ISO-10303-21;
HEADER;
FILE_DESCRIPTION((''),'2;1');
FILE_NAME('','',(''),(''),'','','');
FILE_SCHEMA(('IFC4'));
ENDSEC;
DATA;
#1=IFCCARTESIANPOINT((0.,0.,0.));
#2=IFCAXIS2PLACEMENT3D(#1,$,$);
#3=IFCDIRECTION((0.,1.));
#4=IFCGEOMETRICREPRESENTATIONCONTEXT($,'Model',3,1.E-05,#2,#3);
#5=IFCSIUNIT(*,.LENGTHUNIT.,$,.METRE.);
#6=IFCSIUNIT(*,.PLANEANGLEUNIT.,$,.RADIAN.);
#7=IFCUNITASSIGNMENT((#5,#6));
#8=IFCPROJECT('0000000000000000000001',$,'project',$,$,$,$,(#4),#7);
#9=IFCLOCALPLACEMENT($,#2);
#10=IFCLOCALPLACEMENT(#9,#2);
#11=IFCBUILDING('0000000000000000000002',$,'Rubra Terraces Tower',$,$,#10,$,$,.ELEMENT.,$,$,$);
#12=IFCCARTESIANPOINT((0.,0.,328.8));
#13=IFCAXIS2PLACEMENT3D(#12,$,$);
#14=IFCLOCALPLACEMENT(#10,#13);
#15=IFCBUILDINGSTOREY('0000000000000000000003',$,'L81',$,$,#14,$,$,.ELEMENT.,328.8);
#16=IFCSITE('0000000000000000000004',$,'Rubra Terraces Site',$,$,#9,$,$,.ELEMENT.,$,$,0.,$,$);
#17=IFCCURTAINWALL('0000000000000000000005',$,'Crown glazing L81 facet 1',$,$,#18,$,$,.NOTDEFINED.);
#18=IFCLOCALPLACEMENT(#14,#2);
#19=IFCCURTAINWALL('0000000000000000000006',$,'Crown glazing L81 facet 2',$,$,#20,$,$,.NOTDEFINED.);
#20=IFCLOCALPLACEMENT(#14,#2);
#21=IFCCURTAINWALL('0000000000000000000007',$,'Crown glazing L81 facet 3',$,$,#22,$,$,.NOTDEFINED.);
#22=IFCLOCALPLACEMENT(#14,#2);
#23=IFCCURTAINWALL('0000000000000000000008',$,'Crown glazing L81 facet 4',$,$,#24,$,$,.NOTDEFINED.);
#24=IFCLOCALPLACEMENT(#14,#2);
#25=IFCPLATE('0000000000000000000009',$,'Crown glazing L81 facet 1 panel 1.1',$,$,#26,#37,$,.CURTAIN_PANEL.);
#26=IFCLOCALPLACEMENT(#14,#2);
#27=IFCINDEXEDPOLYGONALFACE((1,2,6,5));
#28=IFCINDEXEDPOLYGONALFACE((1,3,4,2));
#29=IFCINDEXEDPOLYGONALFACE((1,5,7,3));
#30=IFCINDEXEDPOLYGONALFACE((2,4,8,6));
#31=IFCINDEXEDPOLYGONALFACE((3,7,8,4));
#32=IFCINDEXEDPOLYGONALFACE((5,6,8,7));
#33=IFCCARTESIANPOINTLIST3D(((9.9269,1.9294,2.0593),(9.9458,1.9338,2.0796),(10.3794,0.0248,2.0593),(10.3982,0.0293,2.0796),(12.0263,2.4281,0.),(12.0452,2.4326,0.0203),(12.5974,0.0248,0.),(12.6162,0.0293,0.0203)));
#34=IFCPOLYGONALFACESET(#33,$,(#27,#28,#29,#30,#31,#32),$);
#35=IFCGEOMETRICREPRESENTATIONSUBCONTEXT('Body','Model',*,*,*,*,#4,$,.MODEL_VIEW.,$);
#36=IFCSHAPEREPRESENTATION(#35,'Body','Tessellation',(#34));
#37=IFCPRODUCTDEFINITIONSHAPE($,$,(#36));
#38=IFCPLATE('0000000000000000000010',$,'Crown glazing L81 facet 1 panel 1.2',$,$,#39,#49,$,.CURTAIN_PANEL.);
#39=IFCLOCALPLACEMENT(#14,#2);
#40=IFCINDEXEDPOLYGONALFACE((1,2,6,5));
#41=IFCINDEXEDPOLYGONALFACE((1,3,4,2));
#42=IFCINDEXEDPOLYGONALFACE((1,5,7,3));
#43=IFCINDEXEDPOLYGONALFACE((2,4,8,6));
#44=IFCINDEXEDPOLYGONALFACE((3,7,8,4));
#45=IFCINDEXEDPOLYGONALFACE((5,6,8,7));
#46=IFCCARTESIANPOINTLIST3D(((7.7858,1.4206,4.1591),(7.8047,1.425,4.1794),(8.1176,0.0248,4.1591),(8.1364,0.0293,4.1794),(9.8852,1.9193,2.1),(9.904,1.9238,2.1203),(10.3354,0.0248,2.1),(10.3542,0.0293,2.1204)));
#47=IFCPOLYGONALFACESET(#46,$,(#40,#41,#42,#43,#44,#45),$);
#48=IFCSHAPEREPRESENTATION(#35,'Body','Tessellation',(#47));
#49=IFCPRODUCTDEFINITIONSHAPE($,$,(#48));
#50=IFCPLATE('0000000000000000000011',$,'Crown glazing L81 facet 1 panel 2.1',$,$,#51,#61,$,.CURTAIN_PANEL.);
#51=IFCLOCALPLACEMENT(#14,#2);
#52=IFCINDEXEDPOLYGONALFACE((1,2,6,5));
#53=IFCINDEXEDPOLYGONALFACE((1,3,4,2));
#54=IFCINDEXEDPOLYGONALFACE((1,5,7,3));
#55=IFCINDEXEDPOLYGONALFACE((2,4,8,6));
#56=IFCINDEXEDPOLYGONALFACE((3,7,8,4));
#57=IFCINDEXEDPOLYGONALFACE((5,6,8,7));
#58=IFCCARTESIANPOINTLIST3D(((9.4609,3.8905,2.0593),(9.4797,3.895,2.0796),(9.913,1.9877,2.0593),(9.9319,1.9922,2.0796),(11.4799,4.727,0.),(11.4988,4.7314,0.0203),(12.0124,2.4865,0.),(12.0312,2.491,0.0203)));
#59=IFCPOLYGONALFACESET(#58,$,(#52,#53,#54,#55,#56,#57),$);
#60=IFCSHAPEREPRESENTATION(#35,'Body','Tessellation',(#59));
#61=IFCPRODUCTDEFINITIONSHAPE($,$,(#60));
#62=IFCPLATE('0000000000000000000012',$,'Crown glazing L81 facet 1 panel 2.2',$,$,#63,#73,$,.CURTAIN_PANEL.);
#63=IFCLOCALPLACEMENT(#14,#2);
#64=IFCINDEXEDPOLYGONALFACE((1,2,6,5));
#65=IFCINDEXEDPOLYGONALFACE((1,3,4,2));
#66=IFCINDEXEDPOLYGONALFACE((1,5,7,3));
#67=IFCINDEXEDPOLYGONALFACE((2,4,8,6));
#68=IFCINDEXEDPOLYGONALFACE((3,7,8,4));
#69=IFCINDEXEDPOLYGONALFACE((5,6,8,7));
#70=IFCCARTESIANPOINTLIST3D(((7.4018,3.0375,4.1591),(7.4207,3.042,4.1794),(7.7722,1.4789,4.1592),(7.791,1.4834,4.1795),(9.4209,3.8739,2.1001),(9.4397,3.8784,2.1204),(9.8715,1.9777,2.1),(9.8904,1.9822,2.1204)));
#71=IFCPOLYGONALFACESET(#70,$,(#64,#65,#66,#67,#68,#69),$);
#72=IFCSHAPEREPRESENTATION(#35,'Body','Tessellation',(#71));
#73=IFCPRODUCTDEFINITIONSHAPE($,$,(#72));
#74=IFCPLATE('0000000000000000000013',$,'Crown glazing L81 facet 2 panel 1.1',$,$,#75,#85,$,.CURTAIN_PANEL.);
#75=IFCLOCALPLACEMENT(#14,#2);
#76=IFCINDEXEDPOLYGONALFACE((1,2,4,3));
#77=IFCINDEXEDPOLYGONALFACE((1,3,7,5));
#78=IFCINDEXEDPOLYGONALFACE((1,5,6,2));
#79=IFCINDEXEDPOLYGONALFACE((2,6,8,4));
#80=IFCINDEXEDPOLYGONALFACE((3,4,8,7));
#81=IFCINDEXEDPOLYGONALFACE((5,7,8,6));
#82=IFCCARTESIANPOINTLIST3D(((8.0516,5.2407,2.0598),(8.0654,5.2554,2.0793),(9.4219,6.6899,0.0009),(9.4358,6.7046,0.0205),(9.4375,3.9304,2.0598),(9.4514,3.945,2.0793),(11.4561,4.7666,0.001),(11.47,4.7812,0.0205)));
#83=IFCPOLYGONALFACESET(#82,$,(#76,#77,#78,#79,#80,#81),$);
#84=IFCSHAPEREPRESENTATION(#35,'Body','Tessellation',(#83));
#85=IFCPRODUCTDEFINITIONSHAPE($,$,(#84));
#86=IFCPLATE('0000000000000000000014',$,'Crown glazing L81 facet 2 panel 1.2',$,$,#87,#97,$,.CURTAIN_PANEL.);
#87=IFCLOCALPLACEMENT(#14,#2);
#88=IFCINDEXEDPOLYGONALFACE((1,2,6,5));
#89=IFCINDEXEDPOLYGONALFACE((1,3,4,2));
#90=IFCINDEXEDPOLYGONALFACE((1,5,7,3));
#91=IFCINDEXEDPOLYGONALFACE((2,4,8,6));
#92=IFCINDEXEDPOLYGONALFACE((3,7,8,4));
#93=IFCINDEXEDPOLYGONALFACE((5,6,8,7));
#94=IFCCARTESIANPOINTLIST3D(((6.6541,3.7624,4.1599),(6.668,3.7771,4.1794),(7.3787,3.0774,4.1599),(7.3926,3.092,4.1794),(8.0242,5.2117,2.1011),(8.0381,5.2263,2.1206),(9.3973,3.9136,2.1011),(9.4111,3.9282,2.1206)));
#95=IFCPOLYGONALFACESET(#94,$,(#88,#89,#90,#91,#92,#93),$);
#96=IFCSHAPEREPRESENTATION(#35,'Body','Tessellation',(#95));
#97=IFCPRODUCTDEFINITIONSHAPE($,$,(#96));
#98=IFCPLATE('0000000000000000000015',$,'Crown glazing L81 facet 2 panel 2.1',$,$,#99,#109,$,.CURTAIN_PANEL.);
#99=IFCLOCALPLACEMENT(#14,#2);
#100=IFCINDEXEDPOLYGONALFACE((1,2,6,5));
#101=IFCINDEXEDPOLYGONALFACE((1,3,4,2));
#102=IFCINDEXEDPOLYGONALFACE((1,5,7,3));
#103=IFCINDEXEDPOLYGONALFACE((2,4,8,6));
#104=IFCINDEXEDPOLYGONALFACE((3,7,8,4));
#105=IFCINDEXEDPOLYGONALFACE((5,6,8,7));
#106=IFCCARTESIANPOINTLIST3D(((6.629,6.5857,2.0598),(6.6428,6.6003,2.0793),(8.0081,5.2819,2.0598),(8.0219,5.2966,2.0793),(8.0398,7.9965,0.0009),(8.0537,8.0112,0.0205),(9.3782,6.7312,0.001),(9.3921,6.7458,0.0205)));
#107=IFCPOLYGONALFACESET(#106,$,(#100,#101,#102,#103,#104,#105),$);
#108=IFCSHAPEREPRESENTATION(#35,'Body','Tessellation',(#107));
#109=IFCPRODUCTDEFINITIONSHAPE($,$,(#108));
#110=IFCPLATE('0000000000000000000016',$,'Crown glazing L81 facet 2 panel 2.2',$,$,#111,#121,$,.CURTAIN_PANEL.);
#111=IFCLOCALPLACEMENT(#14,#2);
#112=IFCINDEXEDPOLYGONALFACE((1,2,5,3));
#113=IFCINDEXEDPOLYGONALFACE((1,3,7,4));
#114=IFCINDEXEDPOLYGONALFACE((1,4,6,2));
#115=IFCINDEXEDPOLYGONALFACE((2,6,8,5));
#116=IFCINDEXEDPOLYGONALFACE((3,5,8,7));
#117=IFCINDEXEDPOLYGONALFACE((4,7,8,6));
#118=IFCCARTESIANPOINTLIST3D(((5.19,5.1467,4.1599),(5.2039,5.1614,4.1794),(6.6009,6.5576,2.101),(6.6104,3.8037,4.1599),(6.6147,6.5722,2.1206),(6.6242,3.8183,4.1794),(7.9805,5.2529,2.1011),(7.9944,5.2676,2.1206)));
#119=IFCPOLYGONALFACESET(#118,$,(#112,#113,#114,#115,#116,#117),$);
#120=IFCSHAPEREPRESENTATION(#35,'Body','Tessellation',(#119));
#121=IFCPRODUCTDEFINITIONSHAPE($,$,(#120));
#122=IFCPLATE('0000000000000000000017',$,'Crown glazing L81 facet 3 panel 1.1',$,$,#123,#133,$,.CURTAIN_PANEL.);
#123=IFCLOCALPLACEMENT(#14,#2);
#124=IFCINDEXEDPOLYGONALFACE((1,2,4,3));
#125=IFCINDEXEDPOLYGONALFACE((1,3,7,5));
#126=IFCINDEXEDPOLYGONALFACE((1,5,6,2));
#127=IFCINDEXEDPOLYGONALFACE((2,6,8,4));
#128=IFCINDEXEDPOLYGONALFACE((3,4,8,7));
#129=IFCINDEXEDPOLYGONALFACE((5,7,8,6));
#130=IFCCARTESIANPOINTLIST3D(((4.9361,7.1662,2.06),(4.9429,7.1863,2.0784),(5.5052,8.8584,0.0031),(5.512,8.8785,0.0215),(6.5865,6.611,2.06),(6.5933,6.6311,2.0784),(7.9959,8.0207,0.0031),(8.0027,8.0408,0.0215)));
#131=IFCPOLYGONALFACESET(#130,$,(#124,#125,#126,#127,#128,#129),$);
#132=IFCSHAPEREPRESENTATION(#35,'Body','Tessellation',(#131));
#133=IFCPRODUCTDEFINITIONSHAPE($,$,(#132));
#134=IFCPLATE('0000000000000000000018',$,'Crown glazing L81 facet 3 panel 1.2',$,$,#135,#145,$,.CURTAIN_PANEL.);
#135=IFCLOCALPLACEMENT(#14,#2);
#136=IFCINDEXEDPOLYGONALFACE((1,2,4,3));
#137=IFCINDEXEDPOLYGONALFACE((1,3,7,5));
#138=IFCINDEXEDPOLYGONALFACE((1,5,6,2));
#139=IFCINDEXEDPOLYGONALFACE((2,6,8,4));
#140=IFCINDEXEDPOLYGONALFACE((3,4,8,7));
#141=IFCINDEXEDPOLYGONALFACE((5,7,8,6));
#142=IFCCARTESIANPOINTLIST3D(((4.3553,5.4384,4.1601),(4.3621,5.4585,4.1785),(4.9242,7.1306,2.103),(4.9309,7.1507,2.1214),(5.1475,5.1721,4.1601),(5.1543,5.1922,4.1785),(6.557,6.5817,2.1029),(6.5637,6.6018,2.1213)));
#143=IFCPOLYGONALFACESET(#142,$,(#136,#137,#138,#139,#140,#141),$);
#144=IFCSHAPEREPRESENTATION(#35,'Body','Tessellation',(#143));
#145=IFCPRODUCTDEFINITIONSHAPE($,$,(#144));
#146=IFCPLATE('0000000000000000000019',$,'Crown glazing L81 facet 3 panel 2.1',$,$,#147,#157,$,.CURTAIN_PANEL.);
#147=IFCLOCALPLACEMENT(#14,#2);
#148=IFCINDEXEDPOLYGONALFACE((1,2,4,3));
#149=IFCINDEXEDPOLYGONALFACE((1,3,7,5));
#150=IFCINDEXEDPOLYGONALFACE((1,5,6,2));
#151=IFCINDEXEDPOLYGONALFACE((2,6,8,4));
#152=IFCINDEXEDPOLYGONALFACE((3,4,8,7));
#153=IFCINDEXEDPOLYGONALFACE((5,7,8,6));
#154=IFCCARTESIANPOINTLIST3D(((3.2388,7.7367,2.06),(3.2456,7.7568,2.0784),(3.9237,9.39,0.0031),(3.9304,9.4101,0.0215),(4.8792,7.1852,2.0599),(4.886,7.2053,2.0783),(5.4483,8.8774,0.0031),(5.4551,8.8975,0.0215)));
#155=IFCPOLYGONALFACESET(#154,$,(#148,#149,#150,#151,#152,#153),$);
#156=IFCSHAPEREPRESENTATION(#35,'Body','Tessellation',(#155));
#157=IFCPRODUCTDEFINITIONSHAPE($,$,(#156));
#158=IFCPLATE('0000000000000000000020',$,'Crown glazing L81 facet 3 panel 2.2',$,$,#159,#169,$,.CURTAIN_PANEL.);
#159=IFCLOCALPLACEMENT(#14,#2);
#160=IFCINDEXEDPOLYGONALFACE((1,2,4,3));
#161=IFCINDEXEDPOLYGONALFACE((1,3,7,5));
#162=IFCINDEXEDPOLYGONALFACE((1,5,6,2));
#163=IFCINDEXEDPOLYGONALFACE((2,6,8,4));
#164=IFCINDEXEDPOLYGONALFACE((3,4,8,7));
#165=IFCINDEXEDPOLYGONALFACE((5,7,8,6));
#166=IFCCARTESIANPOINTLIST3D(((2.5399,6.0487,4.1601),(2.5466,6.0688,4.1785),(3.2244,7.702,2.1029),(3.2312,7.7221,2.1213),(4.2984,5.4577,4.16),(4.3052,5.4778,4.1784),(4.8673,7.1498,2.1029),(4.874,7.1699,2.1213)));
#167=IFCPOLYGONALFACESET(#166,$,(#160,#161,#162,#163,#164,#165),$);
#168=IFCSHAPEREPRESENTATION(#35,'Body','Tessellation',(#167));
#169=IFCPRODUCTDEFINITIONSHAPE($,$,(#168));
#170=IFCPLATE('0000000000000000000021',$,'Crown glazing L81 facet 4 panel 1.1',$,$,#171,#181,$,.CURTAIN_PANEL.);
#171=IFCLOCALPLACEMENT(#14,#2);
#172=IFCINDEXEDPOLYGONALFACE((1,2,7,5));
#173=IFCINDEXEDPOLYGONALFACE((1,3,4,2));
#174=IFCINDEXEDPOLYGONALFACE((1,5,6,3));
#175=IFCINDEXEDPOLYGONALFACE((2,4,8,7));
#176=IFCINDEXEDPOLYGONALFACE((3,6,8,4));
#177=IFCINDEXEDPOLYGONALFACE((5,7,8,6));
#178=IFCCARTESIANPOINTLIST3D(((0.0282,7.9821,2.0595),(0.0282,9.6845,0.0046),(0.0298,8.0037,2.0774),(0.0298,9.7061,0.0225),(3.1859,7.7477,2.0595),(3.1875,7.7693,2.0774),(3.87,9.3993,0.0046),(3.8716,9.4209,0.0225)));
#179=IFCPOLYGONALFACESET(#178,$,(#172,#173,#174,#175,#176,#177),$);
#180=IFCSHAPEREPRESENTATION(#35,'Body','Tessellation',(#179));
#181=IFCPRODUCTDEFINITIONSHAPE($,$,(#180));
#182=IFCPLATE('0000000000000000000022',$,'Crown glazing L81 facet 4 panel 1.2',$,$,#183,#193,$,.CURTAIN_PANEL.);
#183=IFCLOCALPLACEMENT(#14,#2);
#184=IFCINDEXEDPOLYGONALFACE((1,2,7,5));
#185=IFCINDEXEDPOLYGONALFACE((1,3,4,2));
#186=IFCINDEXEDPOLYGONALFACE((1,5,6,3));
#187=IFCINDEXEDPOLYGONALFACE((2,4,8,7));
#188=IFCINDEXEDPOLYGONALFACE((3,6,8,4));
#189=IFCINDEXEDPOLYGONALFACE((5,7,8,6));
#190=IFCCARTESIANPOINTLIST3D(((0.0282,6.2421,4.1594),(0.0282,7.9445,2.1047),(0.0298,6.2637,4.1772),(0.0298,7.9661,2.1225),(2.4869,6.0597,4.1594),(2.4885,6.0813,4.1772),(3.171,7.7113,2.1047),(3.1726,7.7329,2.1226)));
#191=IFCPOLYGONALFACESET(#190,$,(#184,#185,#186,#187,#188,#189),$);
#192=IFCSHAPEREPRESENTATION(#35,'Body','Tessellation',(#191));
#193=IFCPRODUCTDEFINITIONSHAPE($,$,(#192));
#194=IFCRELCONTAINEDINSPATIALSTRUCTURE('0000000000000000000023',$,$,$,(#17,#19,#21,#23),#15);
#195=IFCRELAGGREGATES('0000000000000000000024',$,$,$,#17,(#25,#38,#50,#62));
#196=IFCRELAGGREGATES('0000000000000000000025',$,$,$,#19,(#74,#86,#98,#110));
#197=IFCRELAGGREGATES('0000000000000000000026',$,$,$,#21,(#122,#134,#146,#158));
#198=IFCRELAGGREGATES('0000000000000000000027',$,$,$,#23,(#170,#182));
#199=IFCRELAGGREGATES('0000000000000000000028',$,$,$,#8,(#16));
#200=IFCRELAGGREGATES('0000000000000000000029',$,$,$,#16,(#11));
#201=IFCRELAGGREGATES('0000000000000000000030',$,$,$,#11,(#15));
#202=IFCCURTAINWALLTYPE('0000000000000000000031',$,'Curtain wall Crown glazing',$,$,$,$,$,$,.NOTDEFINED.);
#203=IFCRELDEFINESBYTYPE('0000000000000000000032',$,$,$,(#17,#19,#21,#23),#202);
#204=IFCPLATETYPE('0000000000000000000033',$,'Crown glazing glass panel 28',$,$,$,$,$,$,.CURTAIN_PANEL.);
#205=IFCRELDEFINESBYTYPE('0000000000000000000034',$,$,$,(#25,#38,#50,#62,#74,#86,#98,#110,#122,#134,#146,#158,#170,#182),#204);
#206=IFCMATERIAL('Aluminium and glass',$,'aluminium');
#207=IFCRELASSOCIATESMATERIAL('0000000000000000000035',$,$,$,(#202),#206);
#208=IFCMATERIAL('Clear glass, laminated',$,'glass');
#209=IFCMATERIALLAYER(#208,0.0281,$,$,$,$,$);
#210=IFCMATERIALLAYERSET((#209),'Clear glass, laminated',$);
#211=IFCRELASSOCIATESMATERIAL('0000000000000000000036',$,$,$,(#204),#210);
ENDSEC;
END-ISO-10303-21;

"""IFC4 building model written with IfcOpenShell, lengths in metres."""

from ifc_helpers import new_model, si_unit, direction, frame, origin, place, context, subcontext, project, spatial, polyline, outline, extrude, material, layer, layer_set, type_object, element, aggregate, save


model = new_model("IFC4")

# Units and contexts
model_context = context("Model", 3, precision=1e-05, world=origin(), true_north=direction((0.0, 1.0)))
body_context = subcontext(model_context, "Body", "Model", "MODEL_VIEW")
ifc_project = project(units=[si_unit("LENGTHUNIT", "METRE"), si_unit("PLANEANGLEUNIT", "RADIAN")], contexts=[model_context])

# Site, building, storey
site_placement = place(None, origin())
site = spatial("IfcSite", under=ifc_project, at=site_placement, Name="Rubra Terraces Site", CompositionType="ELEMENT", RefElevation=0.0)
building_placement = place(site_placement, origin())
building = spatial("IfcBuilding", under=site, at=building_placement, Name="Rubra Terraces Tower", CompositionType="ELEMENT")
storey_placement = place(building_placement, frame((0.0, 0.0, 328.8)))
storey = spatial("IfcBuildingStorey", under=building, at=storey_placement, Name="L81", CompositionType="ELEMENT", Elevation=328.8)

# Curtain walls
ifc_material_1 = material(Name="Aluminium and glass", Category="aluminium")
curtain_wall_type = type_object("IfcCurtainWallType", Name="Curtain wall Crown glazing", PredefinedType="NOTDEFINED", material=ifc_material_1)
curtain_wall_1_placement = place(storey_placement, origin())
curtain_wall_1 = element("IfcCurtainWall", 1, at=curtain_wall_1_placement, inside=storey, type_object=curtain_wall_type, Name="Crown glazing L81 facet 1", PredefinedType="NOTDEFINED")
curtain_wall_2_placement = place(storey_placement, origin())
curtain_wall_2 = element("IfcCurtainWall", 2, at=curtain_wall_2_placement, inside=storey, type_object=curtain_wall_type, Name="Crown glazing L81 facet 2", PredefinedType="NOTDEFINED")
curtain_wall_3_placement = place(storey_placement, origin())
curtain_wall_3 = element("IfcCurtainWall", 3, at=curtain_wall_3_placement, inside=storey, type_object=curtain_wall_type, Name="Crown glazing L81 facet 3", PredefinedType="NOTDEFINED")

# Curtain wall
curtain_wall_4_placement = place(storey_placement, origin())
curtain_wall_4 = element("IfcCurtainWall", 4, at=curtain_wall_4_placement, inside=storey, type_object=curtain_wall_type, Name="Crown glazing L81 facet 4", PredefinedType="NOTDEFINED")

# Plates
ifc_material_2 = material(Name="Clear glass, laminated", Category="glass")
ifc_layer = layer(ifc_material_2, 0.0281)
ifc_layer_set = layer_set([ifc_layer], Name="Clear glass, laminated")
plate_type = type_object("IfcPlateType", Name="Crown glazing glass panel 28", PredefinedType="CURTAIN_PANEL", material=ifc_layer_set)
plate_1_placement = place(storey_placement, frame((12.6162, 0.0293, 0.0203), z_axis=(0.671698, 0.159578, 0.723434), x_axis=(-0.231156, 0.972917, 0.000015)))
plate_1 = element("IfcPlate", 5, at=plate_1_placement, type_object=plate_type, Name="Crown glazing L81 facet 1 panel 1.1", PredefinedType="CURTAIN_PANEL", context=body_context, shape_type="SweptSolid", body=[
    extrude(outline(polyline([(0.0, 0.0), (2.4702, 0.0), (2.4703, 2.9828), (0.5127, 2.9829), (0.0, 0.0)])), origin(), (0.0, 0.0, -1.0), 0.0281),
])
plate_2_placement = place(storey_placement, frame((10.3542, 0.0293, 2.1204), z_axis=(0.671666, 0.159631, 0.723452), x_axis=(-0.231207, 0.972905, -0.000017)))
plate_2 = element("IfcPlate", 6, at=plate_2_placement, type_object=plate_type, Name="Crown glazing L81 facet 1 panel 1.2", PredefinedType="CURTAIN_PANEL", context=body_context, shape_type="SweptSolid", body=[
    extrude(outline(polyline([(0.0, 0.0), (1.9473, 0.0), (1.9474, 2.9826), (0.5127, 2.9825), (0.0, 0.0)])), origin(), (0.0, 0.0, -1.0), 0.0281),
])
plate_3_placement = place(storey_placement, frame((12.0312, 2.491, 0.0203), z_axis=(0.671707, 0.159625, 0.723415), x_axis=(-0.231211, 0.972904, 0.000009)))
plate_3 = element("IfcPlate", 7, at=plate_3_placement, type_object=plate_type, Name="Crown glazing L81 facet 1 panel 2.1", PredefinedType="CURTAIN_PANEL", context=body_context, shape_type="SweptSolid", body=[
    extrude(outline(polyline([(0.0, 0.0), (2.3029, 0.0), (1.956, 2.9827), (0.0002, 2.9828), (0.0, 0.0)])), origin(), (0.0, 0.0, -1.0), 0.0281),
])
plate_4_placement = place(storey_placement, frame((9.8904, 1.9822, 2.1204), z_axis=(0.671664, 0.159622, 0.723456), x_axis=(-0.231222, 0.972901, 0.00001)))
plate_4 = element("IfcPlate", 8, at=plate_4_placement, type_object=plate_type, Name="Crown glazing L81 facet 1 panel 2.2", PredefinedType="CURTAIN_PANEL", context=body_context, shape_type="SweptSolid", body=[
    extrude(outline(polyline([(0.0, 0.0), (1.9491, 0.0), (1.6022, 2.9826), (0.0002, 2.9826), (0.0, 0.0)])), origin(), (0.0, 0.0, -1.0), 0.0281),
])
aggregate(curtain_wall_1, [plate_1, plate_2, plate_3, plate_4])
plate_5_placement = place(storey_placement, frame((11.47, 4.7812, 0.0205), z_axis=(0.493447, 0.52191, 0.695787), x_axis=(-0.726635, 0.687024, -0.000013)))
plate_5 = element("IfcPlate", 9, at=plate_5_placement, type_object=plate_type, Name="Crown glazing L81 facet 2 panel 1.1", PredefinedType="CURTAIN_PANEL", context=body_context, shape_type="SweptSolid", body=[
    extrude(outline(polyline([(0.0, 0.0), (2.7995, 0.0), (2.7996, 2.8665), (0.8922, 2.8664), (0.0, 0.0)])), origin(), (0.0, 0.0, -1.0), 0.0281),
])
plate_6_placement = place(storey_placement, frame((9.4111, 3.9282, 2.1206), z_axis=(0.493445, 0.521935, 0.69577), x_axis=(-0.726662, 0.686996, 0.0)))
plate_6 = element("IfcPlate", 10, at=plate_6_placement, type_object=plate_type, Name="Crown glazing L81 facet 2 panel 1.2", PredefinedType="CURTAIN_PANEL", context=body_context, shape_type="SweptSolid", body=[
    extrude(outline(polyline([(0.0, 0.0), (1.8895, 0.0), (1.8895, 2.8664), (0.8924, 2.8664), (0.0, 0.0)])), origin(), (0.0, 0.0, -1.0), 0.0281),
])
plate_7_placement = place(storey_placement, frame((9.3921, 6.7458, 0.0205), z_axis=(0.493426, 0.521935, 0.695783), x_axis=(-0.72666, 0.686997, -0.000021)))
plate_7 = element("IfcPlate", 11, at=plate_7_placement, type_object=plate_type, Name="Crown glazing L81 facet 2 panel 2.1", PredefinedType="CURTAIN_PANEL", context=body_context, shape_type="SweptSolid", body=[
    extrude(outline(polyline([(0.0, 0.0), (1.8419, 0.0), (1.8978, 2.8665), (0.0, 2.8664), (0.0, 0.0)])), origin(), (0.0, 0.0, -1.0), 0.0281),
])
plate_8_placement = place(storey_placement, frame((7.9944, 5.2676, 2.1206), z_axis=(0.493485, 0.521879, 0.695784), x_axis=(-0.726582, 0.687079, -0.000021)))
plate_8 = element("IfcPlate", 12, at=plate_8_placement, type_object=plate_type, Name="Crown glazing L81 facet 2 panel 2.2", PredefinedType="CURTAIN_PANEL", context=body_context, shape_type="SweptSolid", body=[
    extrude(outline(polyline([(0.0, 0.0), (1.8988, 0.0), (1.9545, 2.8665), (-0.0003, 2.8664), (0.0, 0.0)])), origin(), (0.0, 0.0, -1.0), 0.0281),
])
aggregate(curtain_wall_2, [plate_5, plate_6, plate_7, plate_8])
plate_9_placement = place(storey_placement, frame((8.0027, 8.0408, 0.0215), z_axis=(0.24075, 0.715793, 0.6555), x_axis=(-0.947829, 0.318779, 0.000015)))
plate_9 = element("IfcPlate", 13, at=plate_9_placement, type_object=plate_type, Name="Crown glazing L81 facet 3 panel 1.1", PredefinedType="CURTAIN_PANEL", context=body_context, shape_type="SweptSolid", body=[
    extrude(outline(polyline([(0.0, 0.0), (2.6278, 0.0), (2.6278, 2.7236), (0.8866, 2.7237), (0.0, 0.0)])), origin(), (0.0, 0.0, -1.0), 0.0281),
])
plate_10_placement = place(storey_placement, frame((6.5637, 6.6018, 2.1213), z_axis=(0.240648, 0.715889, 0.655432), x_axis=(-0.947882, 0.318621, 0.000012)))
plate_10 = element("IfcPlate", 14, at=plate_10_placement, type_object=plate_type, Name="Crown glazing L81 facet 3 panel 1.2", PredefinedType="CURTAIN_PANEL", context=body_context, shape_type="SweptSolid", body=[
    extrude(outline(polyline([(0.0, 0.0), (1.7226, 0.0), (1.7227, 2.7237), (0.8868, 2.7238), (0.0, 0.0)])), origin(), (0.0, 0.0, -1.0), 0.0281),
])
plate_11_placement = place(storey_placement, frame((5.4551, 8.8975, 0.0215), z_axis=(0.240687, 0.715821, 0.655493), x_axis=(-0.94785, 0.318716, -0.000013)))
plate_11 = element("IfcPlate", 15, at=plate_11_placement, type_object=plate_type, Name="Crown glazing L81 facet 3 panel 2.1", PredefinedType="CURTAIN_PANEL", context=body_context, shape_type="SweptSolid", body=[
    extrude(outline(polyline([(0.0, 0.0), (1.6086, 0.0), (1.7307, 2.7237), (0.0001, 2.7236), (0.0, 0.0)])), origin(), (0.0, 0.0, -1.0), 0.0281),
])
plate_12_placement = place(storey_placement, frame((4.874, 7.1699, 2.1213), z_axis=(0.240635, 0.715894, 0.655431), x_axis=(-0.947881, 0.318624, -0.000011)))
plate_12 = element("IfcPlate", 16, at=plate_12_placement, type_object=plate_type, Name="Crown glazing L81 facet 3 panel 2.2", PredefinedType="CURTAIN_PANEL", context=body_context, shape_type="SweptSolid", body=[
    extrude(outline(polyline([(0.0, 0.0), (1.7332, 0.0), (1.8552, 2.7238), (0.0, 2.7237), (0.0, 0.0)])), origin(), (0.0, 0.0, -1.0), 0.0281),
])
aggregate(curtain_wall_3, [plate_9, plate_10, plate_11, plate_12])
plate_13_placement = place(storey_placement, frame((3.8716, 9.4209, 0.0225), z_axis=(0.057065, 0.768816, 0.636919), x_axis=(-0.997257, 0.074021, 0.0)))
plate_13 = element("IfcPlate", 17, at=plate_13_placement, type_object=plate_type, Name="Crown glazing L81 facet 4 panel 1.1", PredefinedType="CURTAIN_PANEL", context=body_context, shape_type="SweptSolid", body=[
    extrude(outline(polyline([(0.0, 0.0), (3.8524, 0.0), (3.7264, 2.6655), (0.56, 2.6655), (0.0, 0.0)])), origin(), (0.0, 0.0, -1.0), 0.0281),
])
plate_14_placement = place(storey_placement, frame((3.1726, 7.7329, 2.1226), z_axis=(0.057029, 0.768783, 0.636962), x_axis=(-0.99726, 0.07398, -0.000003)))
plate_14 = element("IfcPlate", 18, at=plate_14_placement, type_object=plate_type, Name="Crown glazing L81 facet 4 panel 1.2", PredefinedType="CURTAIN_PANEL", context=body_context, shape_type="SweptSolid", body=[
    extrude(outline(polyline([(0.0, 0.0), (3.1515, 0.0), (3.0255, 2.6653), (0.56, 2.6653), (0.0, 0.0)])), origin(), (0.0, 0.0, -1.0), 0.0281),
])
aggregate(curtain_wall_4, [plate_13, plate_14])

save(model, "model.ifc")
